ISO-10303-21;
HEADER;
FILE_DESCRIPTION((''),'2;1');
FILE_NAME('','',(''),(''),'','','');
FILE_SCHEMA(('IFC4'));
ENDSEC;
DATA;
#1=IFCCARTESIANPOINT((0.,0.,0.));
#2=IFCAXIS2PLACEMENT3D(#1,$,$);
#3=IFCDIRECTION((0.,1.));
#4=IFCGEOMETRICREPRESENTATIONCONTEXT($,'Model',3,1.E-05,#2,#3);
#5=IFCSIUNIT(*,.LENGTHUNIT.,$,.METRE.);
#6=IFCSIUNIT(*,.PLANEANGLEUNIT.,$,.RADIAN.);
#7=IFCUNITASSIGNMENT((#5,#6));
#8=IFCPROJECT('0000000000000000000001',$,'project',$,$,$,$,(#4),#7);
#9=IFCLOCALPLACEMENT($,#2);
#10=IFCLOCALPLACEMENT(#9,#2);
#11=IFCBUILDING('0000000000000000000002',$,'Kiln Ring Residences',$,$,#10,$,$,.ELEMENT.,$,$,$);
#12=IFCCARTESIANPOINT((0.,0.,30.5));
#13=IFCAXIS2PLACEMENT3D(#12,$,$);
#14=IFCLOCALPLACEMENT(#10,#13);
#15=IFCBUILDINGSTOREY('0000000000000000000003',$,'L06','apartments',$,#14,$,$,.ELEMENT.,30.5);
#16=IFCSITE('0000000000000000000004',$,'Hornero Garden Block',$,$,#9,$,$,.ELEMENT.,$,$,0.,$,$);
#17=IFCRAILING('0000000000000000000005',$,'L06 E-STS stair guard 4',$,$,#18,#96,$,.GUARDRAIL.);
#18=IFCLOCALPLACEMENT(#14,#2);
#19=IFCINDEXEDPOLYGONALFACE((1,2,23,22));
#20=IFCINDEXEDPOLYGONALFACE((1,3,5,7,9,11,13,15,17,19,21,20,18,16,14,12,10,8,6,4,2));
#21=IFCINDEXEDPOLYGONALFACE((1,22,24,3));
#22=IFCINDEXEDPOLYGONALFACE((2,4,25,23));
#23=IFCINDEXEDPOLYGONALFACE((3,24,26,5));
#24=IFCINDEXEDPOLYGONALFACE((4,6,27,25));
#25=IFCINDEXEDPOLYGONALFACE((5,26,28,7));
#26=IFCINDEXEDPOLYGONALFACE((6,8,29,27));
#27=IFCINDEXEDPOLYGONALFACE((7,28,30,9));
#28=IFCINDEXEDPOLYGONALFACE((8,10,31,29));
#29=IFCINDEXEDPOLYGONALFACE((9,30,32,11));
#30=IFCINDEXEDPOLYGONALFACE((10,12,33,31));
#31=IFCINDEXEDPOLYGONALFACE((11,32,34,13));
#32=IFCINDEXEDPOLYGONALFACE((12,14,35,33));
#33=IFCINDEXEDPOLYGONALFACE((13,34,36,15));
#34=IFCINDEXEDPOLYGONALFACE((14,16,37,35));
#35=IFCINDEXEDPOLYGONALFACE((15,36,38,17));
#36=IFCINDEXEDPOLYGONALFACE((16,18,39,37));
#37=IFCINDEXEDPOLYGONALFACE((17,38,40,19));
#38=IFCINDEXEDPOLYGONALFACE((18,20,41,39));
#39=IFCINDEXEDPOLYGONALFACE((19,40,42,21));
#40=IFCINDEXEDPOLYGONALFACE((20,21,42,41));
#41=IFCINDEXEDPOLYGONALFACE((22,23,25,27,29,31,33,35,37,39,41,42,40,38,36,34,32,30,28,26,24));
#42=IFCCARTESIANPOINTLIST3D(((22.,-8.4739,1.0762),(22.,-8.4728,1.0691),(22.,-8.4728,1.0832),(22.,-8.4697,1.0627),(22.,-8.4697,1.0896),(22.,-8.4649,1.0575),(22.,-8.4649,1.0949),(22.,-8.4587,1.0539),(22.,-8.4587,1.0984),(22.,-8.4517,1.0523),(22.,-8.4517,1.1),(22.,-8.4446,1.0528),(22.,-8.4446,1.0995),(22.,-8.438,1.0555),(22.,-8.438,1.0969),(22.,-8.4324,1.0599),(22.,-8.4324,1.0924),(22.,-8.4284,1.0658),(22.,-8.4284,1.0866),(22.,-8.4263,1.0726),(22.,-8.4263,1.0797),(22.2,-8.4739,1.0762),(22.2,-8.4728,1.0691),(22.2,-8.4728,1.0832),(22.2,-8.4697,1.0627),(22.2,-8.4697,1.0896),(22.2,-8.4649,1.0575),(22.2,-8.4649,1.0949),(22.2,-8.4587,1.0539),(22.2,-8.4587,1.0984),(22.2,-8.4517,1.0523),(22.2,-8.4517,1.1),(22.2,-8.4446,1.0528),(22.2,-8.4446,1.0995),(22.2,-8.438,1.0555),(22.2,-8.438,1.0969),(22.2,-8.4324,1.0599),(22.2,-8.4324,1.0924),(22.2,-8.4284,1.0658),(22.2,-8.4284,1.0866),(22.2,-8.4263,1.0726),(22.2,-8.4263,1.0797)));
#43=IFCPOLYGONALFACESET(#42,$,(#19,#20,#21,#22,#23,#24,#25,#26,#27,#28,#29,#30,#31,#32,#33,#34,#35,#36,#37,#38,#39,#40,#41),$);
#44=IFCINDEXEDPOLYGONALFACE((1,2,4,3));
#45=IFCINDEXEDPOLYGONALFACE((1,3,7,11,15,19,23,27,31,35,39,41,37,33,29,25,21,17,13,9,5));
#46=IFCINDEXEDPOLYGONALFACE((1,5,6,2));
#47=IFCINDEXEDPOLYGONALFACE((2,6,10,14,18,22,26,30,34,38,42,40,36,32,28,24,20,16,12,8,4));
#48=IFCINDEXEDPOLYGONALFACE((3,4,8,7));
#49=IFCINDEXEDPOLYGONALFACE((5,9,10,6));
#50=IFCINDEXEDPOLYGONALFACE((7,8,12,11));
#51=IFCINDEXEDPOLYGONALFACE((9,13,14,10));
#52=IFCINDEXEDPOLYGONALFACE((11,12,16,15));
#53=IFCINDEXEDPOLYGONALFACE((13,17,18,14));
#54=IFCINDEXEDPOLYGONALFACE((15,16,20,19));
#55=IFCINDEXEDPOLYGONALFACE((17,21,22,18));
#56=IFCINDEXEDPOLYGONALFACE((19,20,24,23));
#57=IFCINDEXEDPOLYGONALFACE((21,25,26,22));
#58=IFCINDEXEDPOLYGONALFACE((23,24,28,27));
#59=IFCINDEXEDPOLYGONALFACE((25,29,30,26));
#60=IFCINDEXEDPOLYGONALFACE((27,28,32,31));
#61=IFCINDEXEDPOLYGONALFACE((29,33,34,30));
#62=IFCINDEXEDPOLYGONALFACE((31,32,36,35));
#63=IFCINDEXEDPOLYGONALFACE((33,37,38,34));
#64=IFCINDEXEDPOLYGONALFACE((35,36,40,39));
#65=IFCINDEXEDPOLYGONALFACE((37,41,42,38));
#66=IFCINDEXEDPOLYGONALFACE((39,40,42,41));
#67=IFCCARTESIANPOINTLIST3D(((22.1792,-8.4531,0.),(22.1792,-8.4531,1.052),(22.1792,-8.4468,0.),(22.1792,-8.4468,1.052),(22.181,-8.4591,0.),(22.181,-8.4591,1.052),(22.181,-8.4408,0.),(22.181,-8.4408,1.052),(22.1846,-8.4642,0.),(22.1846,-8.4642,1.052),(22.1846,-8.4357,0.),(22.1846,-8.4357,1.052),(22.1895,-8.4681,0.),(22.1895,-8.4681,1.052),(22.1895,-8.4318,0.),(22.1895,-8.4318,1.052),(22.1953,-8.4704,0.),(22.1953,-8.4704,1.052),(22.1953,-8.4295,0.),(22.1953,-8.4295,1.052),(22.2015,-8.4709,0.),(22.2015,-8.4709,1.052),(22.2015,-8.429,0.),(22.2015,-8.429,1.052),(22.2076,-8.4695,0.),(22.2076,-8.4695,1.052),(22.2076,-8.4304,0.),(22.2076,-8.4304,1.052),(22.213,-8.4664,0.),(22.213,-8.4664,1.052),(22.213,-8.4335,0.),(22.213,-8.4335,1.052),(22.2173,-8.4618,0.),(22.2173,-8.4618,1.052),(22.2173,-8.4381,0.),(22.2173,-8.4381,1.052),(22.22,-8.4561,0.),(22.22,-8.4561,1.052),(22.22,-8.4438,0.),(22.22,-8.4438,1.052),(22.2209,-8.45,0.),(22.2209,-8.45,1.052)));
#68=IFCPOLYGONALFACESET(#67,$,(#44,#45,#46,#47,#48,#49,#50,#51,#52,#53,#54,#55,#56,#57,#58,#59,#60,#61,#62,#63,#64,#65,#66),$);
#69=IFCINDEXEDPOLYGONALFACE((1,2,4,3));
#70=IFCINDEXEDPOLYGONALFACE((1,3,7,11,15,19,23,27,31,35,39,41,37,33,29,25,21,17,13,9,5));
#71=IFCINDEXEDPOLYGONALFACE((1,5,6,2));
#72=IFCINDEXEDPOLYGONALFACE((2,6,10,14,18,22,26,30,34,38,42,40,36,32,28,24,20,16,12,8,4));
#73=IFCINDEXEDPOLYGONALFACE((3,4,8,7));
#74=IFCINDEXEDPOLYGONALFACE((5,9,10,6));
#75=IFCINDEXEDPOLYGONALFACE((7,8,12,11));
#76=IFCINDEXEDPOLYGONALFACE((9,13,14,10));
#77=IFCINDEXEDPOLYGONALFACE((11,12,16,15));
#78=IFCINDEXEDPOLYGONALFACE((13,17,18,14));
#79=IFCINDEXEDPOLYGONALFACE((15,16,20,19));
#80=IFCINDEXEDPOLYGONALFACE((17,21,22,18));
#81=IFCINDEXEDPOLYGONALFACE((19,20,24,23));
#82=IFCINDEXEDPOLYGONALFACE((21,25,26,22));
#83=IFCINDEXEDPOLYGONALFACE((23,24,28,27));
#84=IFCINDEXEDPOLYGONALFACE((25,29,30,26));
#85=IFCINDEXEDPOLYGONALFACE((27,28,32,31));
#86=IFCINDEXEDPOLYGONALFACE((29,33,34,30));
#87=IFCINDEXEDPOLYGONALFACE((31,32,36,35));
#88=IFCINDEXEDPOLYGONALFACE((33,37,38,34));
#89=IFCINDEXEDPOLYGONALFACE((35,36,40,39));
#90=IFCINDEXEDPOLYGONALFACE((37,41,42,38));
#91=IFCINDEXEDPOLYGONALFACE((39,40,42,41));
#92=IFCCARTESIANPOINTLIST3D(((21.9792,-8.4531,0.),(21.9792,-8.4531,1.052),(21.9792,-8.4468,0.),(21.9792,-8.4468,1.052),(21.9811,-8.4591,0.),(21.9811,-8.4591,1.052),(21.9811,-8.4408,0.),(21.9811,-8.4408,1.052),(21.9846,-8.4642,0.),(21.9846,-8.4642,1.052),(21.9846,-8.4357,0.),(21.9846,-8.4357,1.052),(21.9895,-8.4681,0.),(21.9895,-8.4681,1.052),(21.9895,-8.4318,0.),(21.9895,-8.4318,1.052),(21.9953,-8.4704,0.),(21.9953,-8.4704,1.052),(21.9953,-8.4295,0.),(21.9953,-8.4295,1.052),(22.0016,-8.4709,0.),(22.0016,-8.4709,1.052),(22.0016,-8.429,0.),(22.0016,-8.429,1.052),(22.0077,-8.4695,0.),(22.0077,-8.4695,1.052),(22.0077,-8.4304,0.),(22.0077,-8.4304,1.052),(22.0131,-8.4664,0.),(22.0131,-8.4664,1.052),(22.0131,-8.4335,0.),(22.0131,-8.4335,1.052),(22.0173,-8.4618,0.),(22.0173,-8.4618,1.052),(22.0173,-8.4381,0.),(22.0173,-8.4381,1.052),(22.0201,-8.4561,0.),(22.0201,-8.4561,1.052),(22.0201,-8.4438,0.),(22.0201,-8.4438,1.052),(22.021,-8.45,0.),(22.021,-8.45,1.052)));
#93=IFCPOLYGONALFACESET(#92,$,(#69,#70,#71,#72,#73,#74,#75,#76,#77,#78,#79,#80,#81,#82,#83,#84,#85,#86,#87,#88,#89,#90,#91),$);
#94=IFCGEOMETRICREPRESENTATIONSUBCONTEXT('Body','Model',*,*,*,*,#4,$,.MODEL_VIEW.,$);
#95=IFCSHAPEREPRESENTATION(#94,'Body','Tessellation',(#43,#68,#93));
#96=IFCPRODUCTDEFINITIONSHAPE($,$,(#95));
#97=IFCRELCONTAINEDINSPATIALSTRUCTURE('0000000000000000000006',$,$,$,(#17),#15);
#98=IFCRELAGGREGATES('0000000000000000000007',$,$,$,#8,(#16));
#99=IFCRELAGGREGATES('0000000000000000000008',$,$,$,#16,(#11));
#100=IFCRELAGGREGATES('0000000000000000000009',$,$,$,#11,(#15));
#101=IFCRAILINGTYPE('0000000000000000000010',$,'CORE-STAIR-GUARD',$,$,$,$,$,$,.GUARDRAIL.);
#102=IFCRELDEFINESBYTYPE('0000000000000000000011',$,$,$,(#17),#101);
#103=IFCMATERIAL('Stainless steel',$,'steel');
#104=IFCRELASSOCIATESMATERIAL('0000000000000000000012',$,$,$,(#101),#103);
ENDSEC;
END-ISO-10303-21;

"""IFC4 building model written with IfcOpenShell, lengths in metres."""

from ifc_helpers import new_model, si_unit, direction, frame, origin, origin_2d, place, context, subcontext, project, spatial, circle, extrude, material, type_object, element, save


model = new_model("IFC4")

# Units and contexts
model_context = context("Model", 3, precision=1e-05, world=origin(), true_north=direction((0.0, 1.0)))
body_context = subcontext(model_context, "Body", "Model", "MODEL_VIEW")
ifc_project = project(units=[si_unit("LENGTHUNIT", "METRE"), si_unit("PLANEANGLEUNIT", "RADIAN")], contexts=[model_context])

# Site, building, storey
site_placement = place(None, origin())
site = spatial("IfcSite", under=ifc_project, at=site_placement, Name="Hornero Garden Block", CompositionType="ELEMENT", RefElevation=0.0)
building_placement = place(site_placement, origin())
building = spatial("IfcBuilding", under=site, at=building_placement, Name="Kiln Ring Residences", CompositionType="ELEMENT")
storey_placement = place(building_placement, frame((0.0, 0.0, 30.5)))
storey = spatial("IfcBuildingStorey", under=building, at=storey_placement, Name="L06", Description="apartments", CompositionType="ELEMENT", Elevation=30.5)

# Railing
ifc_material_1 = material(Name="Stainless steel", Category="steel")
railing_type_1 = type_object("IfcRailingType", Name="CORE-STAIR-GUARD", PredefinedType="GUARDRAIL", material=ifc_material_1)
railing_1_placement = place(storey_placement, frame((22.2, -8.45, 0.0)))
element("IfcRailing", 1, at=railing_1_placement, inside=storey, type_object=railing_type_1, Name="L06 E-STS stair guard 4", PredefinedType="GUARDRAIL", context=body_context, shape_type="SweptSolid", body=[
    extrude(circle(Radius=0.0239, at=origin_2d()), frame((0.0, 0.0, 1.0762), z_axis=(-1.0, 0.0, 0.0), x_axis=(0.0, -1.0, 0.0)), (0.0, 0.0, 1.0), 0.2),
    extrude(circle(Radius=0.021, at=origin_2d()), origin(), (0.0, 0.0, 1.0), 1.052),
    extrude(circle(Radius=0.021, at=origin_2d()), frame((-0.2, 0.0, 0.0)), (0.0, 0.0, 1.0), 1.052),
])

save(model, "model.ifc")
